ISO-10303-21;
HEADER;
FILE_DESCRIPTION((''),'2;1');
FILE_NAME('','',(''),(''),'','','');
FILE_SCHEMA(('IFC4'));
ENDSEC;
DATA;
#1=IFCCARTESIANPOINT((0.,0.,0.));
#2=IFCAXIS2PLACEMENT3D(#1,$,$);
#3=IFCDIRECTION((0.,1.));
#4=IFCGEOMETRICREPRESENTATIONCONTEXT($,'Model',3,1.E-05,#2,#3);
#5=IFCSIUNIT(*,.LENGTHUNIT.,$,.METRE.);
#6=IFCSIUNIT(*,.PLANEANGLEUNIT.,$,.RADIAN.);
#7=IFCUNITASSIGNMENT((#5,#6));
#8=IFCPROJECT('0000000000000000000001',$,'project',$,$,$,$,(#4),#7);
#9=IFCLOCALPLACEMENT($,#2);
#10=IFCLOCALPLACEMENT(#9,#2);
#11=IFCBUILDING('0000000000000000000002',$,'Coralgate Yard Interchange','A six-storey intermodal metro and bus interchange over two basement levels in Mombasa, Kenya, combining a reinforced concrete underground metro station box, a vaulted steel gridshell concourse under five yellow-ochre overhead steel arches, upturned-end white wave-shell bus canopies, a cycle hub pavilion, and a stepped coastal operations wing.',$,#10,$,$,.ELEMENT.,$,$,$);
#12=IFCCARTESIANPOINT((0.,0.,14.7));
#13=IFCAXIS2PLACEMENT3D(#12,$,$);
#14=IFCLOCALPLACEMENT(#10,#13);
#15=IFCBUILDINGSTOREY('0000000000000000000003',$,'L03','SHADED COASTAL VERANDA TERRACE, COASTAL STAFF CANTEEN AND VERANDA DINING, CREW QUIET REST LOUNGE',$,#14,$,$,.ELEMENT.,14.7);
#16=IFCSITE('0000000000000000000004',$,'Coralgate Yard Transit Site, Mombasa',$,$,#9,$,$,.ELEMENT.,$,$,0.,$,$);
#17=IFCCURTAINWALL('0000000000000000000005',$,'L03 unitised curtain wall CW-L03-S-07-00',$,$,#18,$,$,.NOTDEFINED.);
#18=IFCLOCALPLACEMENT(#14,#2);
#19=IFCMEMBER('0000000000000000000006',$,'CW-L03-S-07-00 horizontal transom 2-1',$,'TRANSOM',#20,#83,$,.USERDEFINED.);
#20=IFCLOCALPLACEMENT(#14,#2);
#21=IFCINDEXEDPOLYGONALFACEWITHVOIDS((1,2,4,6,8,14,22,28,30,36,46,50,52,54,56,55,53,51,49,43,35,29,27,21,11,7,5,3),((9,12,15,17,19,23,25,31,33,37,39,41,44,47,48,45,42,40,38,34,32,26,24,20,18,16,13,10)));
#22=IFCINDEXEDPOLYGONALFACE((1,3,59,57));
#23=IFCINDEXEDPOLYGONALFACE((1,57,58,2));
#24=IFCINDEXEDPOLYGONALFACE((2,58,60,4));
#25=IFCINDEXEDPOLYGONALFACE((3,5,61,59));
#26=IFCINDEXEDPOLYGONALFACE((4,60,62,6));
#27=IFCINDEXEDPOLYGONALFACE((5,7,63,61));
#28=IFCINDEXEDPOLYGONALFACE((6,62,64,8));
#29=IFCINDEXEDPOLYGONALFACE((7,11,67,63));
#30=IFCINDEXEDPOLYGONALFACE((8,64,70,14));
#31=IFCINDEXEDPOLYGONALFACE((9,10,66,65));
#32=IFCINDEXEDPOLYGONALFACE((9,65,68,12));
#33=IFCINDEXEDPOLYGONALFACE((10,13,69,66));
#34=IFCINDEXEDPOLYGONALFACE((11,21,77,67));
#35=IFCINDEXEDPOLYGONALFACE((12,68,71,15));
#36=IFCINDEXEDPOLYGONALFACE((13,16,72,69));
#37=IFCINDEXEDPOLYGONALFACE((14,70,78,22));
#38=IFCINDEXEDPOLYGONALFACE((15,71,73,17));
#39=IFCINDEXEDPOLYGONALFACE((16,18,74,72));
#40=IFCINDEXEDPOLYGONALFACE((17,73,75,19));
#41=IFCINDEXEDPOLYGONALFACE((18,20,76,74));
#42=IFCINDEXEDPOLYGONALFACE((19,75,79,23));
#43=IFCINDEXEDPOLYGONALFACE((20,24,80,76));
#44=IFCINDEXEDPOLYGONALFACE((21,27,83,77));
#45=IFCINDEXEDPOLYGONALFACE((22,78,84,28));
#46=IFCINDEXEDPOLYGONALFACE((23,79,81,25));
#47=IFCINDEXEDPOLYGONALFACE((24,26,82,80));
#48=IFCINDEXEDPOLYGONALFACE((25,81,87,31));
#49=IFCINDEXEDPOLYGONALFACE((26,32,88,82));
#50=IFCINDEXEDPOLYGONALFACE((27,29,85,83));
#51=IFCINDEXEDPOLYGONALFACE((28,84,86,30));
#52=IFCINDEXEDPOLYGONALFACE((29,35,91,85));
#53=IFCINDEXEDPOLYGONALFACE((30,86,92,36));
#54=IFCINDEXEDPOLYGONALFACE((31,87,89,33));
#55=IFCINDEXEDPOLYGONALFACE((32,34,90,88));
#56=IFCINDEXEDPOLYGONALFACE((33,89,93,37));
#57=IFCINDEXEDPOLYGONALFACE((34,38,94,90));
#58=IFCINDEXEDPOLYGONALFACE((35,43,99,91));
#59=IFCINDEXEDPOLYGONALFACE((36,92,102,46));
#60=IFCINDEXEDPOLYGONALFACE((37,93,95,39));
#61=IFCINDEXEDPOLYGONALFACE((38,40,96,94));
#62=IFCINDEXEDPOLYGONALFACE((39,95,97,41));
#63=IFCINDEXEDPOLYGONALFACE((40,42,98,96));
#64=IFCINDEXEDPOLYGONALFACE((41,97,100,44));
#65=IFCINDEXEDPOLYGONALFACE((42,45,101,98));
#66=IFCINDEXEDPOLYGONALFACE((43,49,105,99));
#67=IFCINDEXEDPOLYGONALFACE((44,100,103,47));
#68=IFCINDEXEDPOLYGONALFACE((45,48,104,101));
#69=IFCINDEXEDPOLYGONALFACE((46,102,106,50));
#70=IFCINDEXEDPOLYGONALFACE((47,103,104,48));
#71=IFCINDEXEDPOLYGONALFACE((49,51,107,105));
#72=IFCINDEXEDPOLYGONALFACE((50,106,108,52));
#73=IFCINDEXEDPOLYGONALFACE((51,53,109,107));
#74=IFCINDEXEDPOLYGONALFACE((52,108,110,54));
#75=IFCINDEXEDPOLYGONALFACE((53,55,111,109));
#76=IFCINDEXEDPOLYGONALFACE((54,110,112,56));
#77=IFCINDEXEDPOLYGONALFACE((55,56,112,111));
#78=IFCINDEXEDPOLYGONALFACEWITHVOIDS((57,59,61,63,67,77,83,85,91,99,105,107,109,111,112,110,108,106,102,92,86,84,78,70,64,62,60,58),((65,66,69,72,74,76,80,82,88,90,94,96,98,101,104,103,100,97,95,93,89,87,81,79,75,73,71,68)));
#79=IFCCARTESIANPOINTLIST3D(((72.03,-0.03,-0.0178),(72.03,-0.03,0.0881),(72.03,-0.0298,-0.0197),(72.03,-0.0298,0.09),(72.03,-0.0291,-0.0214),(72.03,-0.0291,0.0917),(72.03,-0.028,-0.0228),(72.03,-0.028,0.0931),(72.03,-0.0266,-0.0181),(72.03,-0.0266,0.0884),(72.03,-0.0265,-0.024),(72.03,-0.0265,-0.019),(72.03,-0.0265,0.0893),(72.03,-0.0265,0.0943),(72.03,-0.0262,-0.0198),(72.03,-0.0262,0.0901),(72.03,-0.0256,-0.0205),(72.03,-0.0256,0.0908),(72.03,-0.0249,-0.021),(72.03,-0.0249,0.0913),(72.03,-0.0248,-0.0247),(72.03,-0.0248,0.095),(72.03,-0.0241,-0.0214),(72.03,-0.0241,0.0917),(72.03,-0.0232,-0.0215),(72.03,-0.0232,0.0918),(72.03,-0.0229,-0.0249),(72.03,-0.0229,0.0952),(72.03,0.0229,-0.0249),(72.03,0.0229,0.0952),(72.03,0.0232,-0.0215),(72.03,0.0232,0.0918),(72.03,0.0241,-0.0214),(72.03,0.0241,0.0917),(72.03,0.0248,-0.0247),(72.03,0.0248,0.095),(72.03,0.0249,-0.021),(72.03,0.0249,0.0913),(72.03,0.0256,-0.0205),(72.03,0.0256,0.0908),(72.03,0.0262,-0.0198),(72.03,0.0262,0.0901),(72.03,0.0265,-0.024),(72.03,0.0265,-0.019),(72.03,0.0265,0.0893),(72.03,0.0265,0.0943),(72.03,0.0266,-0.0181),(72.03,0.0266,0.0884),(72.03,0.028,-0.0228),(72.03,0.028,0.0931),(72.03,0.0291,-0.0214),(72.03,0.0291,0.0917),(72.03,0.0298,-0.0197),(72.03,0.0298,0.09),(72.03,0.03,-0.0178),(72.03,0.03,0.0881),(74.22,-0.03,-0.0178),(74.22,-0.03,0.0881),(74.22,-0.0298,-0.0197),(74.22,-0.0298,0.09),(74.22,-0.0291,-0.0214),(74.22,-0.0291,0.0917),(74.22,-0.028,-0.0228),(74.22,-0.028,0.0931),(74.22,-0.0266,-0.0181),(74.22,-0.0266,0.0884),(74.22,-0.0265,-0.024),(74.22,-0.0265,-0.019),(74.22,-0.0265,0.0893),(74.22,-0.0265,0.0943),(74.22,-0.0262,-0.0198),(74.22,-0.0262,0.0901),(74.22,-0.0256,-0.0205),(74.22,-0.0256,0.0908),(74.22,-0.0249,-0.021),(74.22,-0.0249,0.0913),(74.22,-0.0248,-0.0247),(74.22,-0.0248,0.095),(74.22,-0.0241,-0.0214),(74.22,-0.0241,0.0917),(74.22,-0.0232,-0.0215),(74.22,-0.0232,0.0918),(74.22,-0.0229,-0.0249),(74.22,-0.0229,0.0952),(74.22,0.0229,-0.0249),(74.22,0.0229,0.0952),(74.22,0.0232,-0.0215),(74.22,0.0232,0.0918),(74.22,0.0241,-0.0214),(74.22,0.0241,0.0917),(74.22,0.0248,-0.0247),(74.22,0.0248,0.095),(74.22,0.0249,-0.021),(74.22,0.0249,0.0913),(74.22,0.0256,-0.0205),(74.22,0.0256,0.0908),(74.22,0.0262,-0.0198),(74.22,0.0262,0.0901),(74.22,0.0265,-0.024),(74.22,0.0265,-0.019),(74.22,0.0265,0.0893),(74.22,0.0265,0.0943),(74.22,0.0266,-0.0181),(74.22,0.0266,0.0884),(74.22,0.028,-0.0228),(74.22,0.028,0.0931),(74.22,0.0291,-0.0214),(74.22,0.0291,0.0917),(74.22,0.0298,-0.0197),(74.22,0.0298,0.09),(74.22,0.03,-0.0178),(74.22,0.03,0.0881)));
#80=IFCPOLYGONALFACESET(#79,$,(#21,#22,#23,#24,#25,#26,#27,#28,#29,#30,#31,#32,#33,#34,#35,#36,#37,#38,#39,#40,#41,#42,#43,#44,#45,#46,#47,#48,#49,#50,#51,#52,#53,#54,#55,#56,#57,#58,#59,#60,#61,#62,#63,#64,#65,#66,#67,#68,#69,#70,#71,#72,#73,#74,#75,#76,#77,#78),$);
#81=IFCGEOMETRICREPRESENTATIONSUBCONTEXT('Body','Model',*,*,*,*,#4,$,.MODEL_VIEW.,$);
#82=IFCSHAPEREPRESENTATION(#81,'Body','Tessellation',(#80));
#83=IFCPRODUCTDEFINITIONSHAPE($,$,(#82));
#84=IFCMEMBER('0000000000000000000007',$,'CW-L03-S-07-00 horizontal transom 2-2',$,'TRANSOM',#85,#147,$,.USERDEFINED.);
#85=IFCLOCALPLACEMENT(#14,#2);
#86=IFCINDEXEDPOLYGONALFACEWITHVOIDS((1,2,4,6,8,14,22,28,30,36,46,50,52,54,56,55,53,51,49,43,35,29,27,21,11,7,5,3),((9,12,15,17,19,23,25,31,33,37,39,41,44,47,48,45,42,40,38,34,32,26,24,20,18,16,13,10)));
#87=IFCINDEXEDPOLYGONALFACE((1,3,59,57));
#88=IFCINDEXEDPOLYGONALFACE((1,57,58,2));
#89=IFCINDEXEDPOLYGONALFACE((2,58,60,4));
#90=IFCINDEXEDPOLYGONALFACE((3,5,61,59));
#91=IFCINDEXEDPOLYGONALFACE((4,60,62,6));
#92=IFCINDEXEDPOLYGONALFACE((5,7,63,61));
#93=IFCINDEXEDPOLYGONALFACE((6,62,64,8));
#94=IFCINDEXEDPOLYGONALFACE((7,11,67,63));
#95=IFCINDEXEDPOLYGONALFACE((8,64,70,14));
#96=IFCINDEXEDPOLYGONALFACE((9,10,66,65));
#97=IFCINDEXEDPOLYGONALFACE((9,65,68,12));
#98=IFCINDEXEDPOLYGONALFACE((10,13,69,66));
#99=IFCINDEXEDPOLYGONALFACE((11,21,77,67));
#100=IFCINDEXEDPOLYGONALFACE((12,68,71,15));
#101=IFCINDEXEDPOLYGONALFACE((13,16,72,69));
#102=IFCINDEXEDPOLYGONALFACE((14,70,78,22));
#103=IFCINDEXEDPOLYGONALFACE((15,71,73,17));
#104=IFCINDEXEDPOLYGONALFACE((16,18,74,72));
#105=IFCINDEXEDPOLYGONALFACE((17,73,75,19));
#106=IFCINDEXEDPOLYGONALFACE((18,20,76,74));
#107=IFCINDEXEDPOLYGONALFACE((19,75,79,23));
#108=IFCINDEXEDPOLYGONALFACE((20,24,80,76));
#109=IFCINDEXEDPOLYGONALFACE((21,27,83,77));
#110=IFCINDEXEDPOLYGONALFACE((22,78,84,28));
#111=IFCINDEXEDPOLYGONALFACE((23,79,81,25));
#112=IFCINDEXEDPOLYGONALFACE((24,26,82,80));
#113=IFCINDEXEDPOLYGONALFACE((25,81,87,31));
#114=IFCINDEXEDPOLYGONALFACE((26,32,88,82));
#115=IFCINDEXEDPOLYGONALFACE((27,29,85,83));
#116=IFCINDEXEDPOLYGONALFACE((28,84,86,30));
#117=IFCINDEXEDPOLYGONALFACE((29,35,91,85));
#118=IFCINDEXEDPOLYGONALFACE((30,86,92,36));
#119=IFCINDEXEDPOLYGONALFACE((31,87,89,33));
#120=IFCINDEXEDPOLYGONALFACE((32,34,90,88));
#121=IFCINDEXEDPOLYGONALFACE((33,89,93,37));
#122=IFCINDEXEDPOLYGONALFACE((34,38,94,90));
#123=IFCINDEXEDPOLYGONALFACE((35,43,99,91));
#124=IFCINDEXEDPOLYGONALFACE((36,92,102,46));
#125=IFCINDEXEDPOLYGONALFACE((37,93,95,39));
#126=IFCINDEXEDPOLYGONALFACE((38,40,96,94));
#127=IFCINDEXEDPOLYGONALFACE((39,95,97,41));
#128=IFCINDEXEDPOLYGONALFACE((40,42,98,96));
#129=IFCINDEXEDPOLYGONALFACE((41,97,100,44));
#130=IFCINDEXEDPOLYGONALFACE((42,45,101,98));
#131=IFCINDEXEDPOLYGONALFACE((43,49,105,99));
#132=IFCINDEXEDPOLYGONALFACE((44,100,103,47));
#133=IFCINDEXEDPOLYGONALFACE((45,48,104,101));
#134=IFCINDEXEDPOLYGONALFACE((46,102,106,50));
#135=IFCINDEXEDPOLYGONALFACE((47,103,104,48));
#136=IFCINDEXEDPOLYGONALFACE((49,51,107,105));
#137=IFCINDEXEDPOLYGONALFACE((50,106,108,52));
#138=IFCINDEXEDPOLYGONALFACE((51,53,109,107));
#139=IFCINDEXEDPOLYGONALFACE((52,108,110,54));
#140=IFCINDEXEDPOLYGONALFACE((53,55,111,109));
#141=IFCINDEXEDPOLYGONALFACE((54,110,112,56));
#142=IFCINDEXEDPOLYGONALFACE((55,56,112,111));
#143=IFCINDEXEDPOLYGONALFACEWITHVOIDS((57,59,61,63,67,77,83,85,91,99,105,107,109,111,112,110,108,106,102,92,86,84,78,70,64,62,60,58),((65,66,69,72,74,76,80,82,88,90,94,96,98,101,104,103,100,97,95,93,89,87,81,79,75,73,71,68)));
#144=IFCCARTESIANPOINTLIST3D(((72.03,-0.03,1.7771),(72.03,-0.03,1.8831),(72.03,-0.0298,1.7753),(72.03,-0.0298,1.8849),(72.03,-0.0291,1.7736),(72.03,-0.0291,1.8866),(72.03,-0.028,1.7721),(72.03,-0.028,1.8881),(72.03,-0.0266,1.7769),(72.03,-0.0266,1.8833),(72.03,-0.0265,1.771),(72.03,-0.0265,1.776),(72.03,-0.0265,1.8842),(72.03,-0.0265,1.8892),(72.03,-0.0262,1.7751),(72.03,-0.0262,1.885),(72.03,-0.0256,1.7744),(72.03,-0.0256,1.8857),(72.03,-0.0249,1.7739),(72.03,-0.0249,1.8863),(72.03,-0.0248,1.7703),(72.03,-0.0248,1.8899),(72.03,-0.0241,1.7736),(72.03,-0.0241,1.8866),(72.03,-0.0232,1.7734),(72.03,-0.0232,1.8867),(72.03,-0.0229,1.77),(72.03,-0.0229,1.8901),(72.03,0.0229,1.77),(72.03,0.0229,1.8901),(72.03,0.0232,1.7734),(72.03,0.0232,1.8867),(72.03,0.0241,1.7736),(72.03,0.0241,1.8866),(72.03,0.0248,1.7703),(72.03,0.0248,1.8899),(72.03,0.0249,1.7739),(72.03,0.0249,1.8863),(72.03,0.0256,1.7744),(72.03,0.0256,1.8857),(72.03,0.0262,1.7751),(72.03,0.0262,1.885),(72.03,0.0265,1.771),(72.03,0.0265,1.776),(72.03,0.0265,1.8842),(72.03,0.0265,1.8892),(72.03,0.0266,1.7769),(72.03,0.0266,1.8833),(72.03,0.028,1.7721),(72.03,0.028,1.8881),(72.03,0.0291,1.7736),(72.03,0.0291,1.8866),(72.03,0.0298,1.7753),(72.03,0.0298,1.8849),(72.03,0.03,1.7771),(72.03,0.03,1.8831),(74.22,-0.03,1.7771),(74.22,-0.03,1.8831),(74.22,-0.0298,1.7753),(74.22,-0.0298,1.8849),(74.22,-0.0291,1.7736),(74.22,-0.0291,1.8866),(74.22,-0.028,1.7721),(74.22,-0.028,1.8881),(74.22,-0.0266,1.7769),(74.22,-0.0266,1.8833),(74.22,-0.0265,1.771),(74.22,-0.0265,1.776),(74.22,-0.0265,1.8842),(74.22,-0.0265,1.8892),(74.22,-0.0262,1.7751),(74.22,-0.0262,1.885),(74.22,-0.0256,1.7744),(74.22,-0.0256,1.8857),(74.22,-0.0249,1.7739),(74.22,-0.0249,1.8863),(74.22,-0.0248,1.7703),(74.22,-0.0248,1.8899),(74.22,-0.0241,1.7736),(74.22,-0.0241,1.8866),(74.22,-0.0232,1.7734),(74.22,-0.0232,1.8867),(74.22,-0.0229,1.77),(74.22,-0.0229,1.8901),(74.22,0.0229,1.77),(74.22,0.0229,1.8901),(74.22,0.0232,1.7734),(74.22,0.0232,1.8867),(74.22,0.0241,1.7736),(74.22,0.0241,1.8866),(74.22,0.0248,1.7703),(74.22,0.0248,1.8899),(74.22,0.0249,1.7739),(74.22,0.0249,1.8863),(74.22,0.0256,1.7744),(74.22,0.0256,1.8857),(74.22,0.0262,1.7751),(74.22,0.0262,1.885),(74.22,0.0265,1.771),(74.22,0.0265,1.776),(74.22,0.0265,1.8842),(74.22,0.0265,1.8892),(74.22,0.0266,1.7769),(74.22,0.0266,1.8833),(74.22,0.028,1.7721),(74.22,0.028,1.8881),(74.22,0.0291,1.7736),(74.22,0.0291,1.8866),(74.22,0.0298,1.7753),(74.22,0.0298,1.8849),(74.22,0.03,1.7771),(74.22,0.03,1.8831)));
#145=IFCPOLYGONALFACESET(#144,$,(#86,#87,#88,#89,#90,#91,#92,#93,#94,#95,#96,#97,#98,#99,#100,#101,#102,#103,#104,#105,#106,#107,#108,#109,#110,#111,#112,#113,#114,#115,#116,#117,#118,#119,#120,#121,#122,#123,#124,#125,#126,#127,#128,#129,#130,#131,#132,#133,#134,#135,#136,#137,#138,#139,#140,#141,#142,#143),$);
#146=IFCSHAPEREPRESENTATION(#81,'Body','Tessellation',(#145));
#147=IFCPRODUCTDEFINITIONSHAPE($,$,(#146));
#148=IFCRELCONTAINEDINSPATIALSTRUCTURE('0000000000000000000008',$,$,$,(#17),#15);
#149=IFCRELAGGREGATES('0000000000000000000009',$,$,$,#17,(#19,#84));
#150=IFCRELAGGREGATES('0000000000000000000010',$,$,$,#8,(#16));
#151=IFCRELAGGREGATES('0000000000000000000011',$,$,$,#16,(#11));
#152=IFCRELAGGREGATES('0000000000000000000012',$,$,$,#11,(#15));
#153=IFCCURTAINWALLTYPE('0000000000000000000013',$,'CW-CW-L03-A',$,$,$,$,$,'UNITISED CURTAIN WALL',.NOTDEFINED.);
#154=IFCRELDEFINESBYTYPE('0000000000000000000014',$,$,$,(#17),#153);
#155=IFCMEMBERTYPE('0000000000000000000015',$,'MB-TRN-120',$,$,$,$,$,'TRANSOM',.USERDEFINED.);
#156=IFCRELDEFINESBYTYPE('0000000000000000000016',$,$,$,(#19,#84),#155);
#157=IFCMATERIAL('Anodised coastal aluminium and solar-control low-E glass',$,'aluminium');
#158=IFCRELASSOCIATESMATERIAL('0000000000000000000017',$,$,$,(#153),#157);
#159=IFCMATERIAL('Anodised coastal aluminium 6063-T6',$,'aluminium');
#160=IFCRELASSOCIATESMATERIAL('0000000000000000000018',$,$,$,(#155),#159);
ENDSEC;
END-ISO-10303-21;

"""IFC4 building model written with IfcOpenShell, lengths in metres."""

from ifc_helpers import new_model, si_unit, direction, frame, origin, origin_2d, place, context, subcontext, project, spatial, hollow_rectangle, extrude, material, material_profile, profile_set, type_object, element, aggregate, save


model = new_model("IFC4")

# Units and contexts
model_context = context("Model", 3, precision=1e-05, world=origin(), true_north=direction((0.0, 1.0)))
body_context = subcontext(model_context, "Body", "Model", "MODEL_VIEW")
ifc_project = project(units=[si_unit("LENGTHUNIT", "METRE"), si_unit("PLANEANGLEUNIT", "RADIAN")], contexts=[model_context])

# Site, building, storey
site_placement = place(None, origin())
site = spatial("IfcSite", under=ifc_project, at=site_placement, Name="Coralgate Yard Transit Site, Mombasa", CompositionType="ELEMENT", RefElevation=0.0)
building_placement = place(site_placement, origin())
building = spatial("IfcBuilding", under=site, at=building_placement, Name="Coralgate Yard Interchange", Description="A six-storey intermodal metro and bus interchange over two basement levels in Mombasa, Kenya, combining a reinforced concrete underground metro station box, a vaulted steel gridshell concourse under five yellow-ochre overhead steel arches, upturned-end white wave-shell bus canopies, a cycle hub pavilion, and a stepped coastal operations wing.", CompositionType="ELEMENT")
storey_placement = place(building_placement, frame((0.0, 0.0, 14.7)))
storey = spatial("IfcBuildingStorey", under=building, at=storey_placement, Name="L03", Description="SHADED COASTAL VERANDA TERRACE, COASTAL STAFF CANTEEN AND VERANDA DINING, CREW QUIET REST LOUNGE", CompositionType="ELEMENT", Elevation=14.7)

# Curtain wall, members
ifc_material_1 = material(Name="Anodised coastal aluminium and solar-control low-E glass", Category="aluminium")
curtain_wall_type = type_object("IfcCurtainWallType", Name="CW-CW-L03-A", ElementType="UNITISED CURTAIN WALL", PredefinedType="NOTDEFINED", material=ifc_material_1)
curtain_wall_placement = place(storey_placement, origin())
curtain_wall = element("IfcCurtainWall", 1, at=curtain_wall_placement, inside=storey, type_object=curtain_wall_type, Name="L03 unitised curtain wall CW-L03-S-07-00", PredefinedType="NOTDEFINED")
ifc_material_2 = material(Name="Anodised coastal aluminium 6063-T6", Category="aluminium")
ifc_material_profile_1 = material_profile(ifc_material_2, hollow_rectangle(XDim=0.0601, YDim=0.1201, WallThickness=0.0034, InnerFilletRadius=0.0034, OuterFilletRadius=0.0071, at=origin_2d()), Name="ALU 60x120x3.5")
ifc_profile_set_1 = profile_set([ifc_material_profile_1], Name="Anodised coastal aluminium 6063-T6")
member_type_1 = type_object("IfcMemberType", Name="MB-TRN-120", ElementType="TRANSOM", PredefinedType="USERDEFINED", material=ifc_profile_set_1)
member_1_placement = place(storey_placement, frame((74.22, 0.0, 0.0352), z_axis=(-1.0, 0.0, 0.0), x_axis=(0.0, -1.0, 0.0)))
member_1 = element("IfcMember", 2, at=member_1_placement, type_object=member_type_1, Name="CW-L03-S-07-00 horizontal transom 2-1", ObjectType="TRANSOM", PredefinedType="USERDEFINED", context=body_context, shape_type="SweptSolid", body=[
    extrude(hollow_rectangle(XDim=0.0601, YDim=0.1201, WallThickness=0.0034, InnerFilletRadius=0.0034, OuterFilletRadius=0.0071, at=origin_2d()), origin(), (0.0, 0.0, 1.0), 2.1899),
])
member_2_placement = place(storey_placement, frame((74.22, 0.0, 1.8301), z_axis=(-1.0, 0.0, 0.0), x_axis=(0.0, -1.0, 0.0)))
member_2 = element("IfcMember", 3, at=member_2_placement, type_object=member_type_1, Name="CW-L03-S-07-00 horizontal transom 2-2", ObjectType="TRANSOM", PredefinedType="USERDEFINED", context=body_context, shape_type="SweptSolid", body=[
    extrude(hollow_rectangle(XDim=0.0601, YDim=0.1201, WallThickness=0.0034, InnerFilletRadius=0.0034, OuterFilletRadius=0.0071, at=origin_2d()), origin(), (0.0, 0.0, 1.0), 2.1899),
])
aggregate(curtain_wall, [member_1, member_2])

save(model, "model.ifc")
